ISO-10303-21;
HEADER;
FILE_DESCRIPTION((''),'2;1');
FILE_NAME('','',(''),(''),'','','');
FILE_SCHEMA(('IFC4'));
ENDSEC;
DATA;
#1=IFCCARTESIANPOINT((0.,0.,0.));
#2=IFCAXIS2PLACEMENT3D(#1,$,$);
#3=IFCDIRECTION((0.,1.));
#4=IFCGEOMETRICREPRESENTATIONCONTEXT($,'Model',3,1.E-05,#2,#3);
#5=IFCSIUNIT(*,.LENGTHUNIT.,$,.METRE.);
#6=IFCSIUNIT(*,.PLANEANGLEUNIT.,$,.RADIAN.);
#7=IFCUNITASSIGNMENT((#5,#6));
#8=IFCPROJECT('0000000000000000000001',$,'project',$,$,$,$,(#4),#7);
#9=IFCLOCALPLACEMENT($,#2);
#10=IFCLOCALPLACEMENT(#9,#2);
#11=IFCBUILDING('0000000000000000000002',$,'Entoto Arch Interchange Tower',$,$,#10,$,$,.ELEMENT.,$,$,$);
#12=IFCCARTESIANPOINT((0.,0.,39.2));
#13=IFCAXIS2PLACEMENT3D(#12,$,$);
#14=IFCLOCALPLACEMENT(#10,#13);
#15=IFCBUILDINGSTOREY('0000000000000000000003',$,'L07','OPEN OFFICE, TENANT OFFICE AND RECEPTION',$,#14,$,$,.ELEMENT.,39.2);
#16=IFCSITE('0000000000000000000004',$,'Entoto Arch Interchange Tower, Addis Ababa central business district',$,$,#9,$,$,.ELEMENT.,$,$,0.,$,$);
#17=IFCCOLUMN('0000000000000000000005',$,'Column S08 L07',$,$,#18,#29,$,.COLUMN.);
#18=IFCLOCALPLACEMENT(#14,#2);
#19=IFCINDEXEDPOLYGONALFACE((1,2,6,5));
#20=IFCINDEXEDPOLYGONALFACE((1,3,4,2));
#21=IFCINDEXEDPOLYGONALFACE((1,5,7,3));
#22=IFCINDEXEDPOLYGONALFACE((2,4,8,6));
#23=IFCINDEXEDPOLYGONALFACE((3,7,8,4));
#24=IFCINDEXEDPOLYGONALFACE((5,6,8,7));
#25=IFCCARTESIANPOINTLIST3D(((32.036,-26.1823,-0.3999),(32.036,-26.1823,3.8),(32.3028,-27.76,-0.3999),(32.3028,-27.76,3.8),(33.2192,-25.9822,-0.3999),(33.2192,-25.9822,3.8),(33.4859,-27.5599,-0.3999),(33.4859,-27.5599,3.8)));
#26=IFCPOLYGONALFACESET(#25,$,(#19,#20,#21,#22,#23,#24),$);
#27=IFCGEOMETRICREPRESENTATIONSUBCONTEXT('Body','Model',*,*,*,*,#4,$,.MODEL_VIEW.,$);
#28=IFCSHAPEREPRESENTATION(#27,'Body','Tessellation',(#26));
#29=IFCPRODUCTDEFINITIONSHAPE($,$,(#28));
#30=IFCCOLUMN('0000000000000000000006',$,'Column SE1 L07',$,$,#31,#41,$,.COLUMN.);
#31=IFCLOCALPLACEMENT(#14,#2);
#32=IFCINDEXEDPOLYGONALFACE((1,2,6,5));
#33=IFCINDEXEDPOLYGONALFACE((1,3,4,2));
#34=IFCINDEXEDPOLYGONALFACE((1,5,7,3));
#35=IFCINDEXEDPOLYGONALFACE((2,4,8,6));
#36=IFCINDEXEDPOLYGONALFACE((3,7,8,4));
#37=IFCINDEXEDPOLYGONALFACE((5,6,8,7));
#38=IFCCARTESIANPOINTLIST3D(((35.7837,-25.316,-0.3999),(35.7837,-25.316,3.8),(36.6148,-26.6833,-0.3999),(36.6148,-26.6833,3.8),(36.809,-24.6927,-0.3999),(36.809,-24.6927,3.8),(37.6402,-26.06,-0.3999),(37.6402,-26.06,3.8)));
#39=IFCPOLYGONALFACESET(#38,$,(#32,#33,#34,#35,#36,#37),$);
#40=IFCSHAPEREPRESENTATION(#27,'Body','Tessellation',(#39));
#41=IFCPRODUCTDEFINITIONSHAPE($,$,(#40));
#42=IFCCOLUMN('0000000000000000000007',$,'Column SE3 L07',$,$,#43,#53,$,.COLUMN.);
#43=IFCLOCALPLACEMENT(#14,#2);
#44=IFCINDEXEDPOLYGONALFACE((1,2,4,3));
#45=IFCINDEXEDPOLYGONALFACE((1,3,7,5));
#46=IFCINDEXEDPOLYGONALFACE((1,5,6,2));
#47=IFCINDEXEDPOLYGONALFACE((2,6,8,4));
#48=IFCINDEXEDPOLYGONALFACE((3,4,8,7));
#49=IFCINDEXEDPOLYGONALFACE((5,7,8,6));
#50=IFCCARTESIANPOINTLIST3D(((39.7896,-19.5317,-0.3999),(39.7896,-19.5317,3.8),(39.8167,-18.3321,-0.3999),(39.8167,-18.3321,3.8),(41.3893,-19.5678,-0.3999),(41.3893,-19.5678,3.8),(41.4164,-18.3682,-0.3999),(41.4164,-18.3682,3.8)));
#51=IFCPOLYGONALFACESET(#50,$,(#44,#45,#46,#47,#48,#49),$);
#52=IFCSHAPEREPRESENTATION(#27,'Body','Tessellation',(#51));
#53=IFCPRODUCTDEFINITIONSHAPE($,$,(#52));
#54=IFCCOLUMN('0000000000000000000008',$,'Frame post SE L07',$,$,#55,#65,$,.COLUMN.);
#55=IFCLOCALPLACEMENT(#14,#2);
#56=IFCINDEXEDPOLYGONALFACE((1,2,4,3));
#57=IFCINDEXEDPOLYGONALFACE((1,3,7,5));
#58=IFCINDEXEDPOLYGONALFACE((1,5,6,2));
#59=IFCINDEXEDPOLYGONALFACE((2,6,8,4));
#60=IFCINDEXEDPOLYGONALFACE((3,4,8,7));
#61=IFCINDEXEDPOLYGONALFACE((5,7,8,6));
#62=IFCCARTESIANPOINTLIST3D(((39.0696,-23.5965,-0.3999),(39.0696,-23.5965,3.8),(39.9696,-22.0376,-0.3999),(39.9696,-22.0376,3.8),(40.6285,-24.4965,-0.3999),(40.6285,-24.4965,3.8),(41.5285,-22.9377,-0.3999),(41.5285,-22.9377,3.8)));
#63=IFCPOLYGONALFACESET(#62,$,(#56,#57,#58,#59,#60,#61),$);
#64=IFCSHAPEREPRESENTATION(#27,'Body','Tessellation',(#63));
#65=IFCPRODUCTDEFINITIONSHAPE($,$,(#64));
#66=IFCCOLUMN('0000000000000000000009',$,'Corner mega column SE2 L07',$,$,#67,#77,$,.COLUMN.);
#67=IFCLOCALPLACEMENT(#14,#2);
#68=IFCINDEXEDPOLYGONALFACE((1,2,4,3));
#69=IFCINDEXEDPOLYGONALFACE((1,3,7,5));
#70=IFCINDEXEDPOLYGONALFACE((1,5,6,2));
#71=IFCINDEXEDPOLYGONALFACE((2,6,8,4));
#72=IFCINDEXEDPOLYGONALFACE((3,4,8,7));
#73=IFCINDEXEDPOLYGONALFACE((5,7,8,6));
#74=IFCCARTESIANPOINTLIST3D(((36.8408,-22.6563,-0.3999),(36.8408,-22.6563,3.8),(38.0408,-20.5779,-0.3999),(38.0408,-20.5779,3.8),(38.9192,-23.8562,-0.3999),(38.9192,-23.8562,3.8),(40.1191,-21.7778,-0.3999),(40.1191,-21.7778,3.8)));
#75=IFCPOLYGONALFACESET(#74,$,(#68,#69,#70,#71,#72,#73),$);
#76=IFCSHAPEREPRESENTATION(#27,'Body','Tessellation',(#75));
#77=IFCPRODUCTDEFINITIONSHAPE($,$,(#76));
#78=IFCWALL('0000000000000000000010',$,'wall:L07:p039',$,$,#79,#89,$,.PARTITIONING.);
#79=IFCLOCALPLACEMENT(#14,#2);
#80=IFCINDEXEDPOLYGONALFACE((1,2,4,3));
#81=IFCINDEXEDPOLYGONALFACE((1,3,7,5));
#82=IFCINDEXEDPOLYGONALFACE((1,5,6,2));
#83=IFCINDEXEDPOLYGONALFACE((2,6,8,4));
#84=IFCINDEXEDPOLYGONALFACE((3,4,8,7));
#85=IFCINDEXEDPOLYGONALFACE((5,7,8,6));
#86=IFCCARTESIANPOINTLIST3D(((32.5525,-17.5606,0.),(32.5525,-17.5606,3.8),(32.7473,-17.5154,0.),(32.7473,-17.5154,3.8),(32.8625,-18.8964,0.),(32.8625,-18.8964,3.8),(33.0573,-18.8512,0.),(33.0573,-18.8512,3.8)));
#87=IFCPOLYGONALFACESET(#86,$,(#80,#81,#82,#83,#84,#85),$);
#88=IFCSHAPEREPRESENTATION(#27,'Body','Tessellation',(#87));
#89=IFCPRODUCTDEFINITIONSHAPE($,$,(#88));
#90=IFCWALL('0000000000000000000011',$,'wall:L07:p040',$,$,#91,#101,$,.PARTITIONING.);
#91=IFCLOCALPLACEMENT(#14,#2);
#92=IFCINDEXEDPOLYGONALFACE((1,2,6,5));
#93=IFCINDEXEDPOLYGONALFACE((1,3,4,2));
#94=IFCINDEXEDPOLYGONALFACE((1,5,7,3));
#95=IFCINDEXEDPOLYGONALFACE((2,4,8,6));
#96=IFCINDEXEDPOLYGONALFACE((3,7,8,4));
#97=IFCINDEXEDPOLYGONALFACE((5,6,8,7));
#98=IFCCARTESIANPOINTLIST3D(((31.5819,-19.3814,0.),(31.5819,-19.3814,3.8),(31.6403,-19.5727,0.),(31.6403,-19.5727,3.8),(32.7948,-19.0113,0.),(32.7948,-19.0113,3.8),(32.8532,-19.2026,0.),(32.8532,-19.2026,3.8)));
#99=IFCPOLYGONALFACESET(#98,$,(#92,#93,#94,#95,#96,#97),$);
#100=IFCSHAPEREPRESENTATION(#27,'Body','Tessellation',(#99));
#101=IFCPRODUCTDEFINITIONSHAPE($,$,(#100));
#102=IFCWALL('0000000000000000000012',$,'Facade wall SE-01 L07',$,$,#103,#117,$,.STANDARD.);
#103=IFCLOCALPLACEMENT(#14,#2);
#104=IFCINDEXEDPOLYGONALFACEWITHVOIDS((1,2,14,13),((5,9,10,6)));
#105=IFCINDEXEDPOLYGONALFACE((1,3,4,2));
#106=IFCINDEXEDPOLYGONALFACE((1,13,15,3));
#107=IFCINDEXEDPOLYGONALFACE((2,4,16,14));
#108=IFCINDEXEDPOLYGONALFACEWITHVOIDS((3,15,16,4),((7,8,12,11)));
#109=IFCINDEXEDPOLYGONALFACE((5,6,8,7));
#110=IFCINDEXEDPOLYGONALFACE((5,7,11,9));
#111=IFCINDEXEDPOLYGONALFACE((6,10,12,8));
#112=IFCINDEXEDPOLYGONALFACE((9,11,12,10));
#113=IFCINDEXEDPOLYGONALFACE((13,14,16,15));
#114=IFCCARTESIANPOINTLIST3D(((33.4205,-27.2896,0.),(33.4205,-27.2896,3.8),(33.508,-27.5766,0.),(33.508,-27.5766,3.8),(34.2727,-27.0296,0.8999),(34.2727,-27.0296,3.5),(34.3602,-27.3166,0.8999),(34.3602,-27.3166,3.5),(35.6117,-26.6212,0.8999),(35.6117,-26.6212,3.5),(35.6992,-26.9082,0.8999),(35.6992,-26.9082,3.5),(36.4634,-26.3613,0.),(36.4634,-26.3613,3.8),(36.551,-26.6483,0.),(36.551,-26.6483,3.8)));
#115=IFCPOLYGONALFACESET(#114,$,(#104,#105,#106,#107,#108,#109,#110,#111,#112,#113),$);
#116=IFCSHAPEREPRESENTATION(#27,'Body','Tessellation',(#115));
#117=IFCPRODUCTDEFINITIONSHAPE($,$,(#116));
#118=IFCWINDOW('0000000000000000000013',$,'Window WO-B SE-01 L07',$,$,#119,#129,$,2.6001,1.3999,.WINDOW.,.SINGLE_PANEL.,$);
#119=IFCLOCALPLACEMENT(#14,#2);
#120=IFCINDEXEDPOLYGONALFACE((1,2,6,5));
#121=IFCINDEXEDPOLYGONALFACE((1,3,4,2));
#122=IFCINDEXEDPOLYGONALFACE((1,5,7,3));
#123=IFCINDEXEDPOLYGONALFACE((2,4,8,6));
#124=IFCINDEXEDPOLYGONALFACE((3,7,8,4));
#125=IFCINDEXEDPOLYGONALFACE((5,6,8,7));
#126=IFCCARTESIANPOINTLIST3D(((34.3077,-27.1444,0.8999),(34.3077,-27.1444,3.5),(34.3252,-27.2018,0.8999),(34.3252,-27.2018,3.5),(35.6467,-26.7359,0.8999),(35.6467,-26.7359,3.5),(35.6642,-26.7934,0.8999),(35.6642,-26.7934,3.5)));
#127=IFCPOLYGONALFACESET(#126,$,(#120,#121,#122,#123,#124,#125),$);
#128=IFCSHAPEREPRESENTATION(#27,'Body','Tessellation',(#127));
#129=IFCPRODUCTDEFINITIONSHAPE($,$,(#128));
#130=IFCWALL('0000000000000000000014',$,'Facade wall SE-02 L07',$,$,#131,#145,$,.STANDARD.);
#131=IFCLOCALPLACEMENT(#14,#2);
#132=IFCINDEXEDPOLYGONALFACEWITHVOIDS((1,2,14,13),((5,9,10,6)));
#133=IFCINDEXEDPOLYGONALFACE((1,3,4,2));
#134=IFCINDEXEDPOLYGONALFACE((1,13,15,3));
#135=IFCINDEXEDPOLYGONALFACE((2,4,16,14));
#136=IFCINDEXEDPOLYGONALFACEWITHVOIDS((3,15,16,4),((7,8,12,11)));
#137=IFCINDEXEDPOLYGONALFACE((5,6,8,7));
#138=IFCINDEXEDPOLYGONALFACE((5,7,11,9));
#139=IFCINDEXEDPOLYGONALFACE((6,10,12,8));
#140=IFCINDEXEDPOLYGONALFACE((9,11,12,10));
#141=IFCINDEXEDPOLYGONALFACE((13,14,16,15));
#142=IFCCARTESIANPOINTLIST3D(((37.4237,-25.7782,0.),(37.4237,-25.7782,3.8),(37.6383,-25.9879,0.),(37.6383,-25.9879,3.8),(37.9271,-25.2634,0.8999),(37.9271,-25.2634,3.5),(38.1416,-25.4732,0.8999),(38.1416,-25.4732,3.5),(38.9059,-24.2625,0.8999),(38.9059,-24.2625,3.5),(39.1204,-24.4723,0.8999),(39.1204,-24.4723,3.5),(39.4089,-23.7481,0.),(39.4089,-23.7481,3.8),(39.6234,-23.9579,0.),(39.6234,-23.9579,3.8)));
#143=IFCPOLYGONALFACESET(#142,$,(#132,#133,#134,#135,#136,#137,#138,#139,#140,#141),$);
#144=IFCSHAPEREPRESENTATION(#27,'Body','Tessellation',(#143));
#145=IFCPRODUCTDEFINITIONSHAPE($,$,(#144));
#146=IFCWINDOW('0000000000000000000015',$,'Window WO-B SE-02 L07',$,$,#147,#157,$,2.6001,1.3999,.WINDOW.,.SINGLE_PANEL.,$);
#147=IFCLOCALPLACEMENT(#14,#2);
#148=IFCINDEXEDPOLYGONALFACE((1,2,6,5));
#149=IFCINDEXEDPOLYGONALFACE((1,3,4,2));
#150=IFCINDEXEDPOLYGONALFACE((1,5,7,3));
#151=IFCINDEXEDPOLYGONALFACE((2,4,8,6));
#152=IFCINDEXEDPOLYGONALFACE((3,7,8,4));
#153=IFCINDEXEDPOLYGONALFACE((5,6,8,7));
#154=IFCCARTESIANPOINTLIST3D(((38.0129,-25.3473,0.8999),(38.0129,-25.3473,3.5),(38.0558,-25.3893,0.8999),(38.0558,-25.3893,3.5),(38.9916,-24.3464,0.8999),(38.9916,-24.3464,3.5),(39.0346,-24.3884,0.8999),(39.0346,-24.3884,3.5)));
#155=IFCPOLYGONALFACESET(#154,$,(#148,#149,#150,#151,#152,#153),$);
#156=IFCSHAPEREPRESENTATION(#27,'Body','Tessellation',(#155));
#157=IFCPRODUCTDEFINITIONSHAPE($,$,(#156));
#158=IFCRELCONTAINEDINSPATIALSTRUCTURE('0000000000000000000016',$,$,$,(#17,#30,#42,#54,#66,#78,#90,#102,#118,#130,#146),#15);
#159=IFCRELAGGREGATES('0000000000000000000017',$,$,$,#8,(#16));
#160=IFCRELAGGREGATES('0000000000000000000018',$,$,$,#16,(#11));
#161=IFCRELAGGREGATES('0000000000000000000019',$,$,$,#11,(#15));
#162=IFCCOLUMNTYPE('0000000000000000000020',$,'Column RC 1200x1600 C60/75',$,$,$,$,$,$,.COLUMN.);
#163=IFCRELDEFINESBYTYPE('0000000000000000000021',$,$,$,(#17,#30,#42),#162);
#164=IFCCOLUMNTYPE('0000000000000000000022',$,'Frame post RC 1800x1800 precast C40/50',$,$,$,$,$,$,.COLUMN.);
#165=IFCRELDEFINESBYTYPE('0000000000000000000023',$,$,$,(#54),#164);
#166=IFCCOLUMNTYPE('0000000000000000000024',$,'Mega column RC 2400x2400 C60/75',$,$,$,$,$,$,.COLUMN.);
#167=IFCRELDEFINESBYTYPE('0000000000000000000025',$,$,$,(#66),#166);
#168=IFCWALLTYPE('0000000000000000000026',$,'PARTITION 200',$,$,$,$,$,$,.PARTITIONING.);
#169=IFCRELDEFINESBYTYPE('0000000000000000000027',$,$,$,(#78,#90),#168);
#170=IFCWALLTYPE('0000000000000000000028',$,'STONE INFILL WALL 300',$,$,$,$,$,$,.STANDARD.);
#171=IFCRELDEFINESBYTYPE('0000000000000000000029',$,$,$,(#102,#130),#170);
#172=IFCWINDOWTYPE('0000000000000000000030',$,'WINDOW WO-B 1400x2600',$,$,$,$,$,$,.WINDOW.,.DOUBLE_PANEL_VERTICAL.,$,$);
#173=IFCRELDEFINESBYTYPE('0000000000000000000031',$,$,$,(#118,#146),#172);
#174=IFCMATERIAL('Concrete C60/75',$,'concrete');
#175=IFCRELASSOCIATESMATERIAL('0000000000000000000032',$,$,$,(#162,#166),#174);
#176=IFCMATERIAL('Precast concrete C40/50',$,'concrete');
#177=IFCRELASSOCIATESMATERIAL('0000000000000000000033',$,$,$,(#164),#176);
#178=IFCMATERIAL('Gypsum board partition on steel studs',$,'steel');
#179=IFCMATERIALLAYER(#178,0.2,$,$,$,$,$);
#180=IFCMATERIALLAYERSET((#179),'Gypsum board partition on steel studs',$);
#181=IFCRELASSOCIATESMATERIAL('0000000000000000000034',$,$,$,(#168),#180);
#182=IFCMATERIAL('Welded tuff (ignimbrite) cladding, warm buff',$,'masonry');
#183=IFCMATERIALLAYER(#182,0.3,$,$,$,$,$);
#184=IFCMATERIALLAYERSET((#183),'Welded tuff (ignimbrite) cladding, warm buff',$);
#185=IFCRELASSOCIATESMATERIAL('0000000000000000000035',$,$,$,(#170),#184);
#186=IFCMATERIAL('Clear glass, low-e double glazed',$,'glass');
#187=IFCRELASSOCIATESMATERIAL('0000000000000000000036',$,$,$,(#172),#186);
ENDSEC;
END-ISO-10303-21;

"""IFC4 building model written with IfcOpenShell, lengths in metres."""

from ifc_helpers import new_model, si_unit, direction, frame, frame_2d, origin, origin_2d, place, context, subcontext, project, spatial, rectangle, extrude, material, layer, layer_set, material_profile, profile_set, type_object, element, fill, save


model = new_model("IFC4")

# Units and contexts
model_context = context("Model", 3, precision=1e-05, world=origin(), true_north=direction((0.0, 1.0)))
body_context = subcontext(model_context, "Body", "Model", "MODEL_VIEW")
ifc_project = project(units=[si_unit("LENGTHUNIT", "METRE"), si_unit("PLANEANGLEUNIT", "RADIAN")], contexts=[model_context])

# Site, building, storey
site_placement = place(None, origin())
site = spatial("IfcSite", under=ifc_project, at=site_placement, Name="Entoto Arch Interchange Tower, Addis Ababa central business district", CompositionType="ELEMENT", RefElevation=0.0)
building_placement = place(site_placement, origin())
building = spatial("IfcBuilding", under=site, at=building_placement, Name="Entoto Arch Interchange Tower", CompositionType="ELEMENT")
storey_placement = place(building_placement, frame((0.0, 0.0, 39.2)))
storey = spatial("IfcBuildingStorey", under=building, at=storey_placement, Name="L07", Description="OPEN OFFICE, TENANT OFFICE AND RECEPTION", CompositionType="ELEMENT", Elevation=39.2)

# Columns
ifc_material_1 = material(Name="Concrete C60/75", Category="concrete")
ifc_material_profile_1 = material_profile(ifc_material_1, rectangle(XDim=1.2, YDim=1.6001, at=origin_2d()))
ifc_profile_set_1 = profile_set([ifc_material_profile_1], Name="Concrete C60/75")
column_type_1 = type_object("IfcColumnType", Name="Column RC 1200x1600 C60/75", PredefinedType="COLUMN", material=ifc_profile_set_1)
for number, where, z_axis, x_axis, name in (
    (1, (32.761, -26.8711, -0.3999), (0.0, 0.0, 1.0), (0.986005, 0.166717, 0.0), "Column S08 L07"),
    (2, (36.7119, -25.688, -0.3999), (0.0, 0.0, 1.0), (0.854522, 0.519415, 0.0), "Column SE1 L07"),
    (3, (40.603, -18.95, -0.3999), (0.0, 0.0, 1.0), (0.022565, 0.999745, 0.0), "Column SE3 L07"),
):
    element("IfcColumn", number, at=place(storey_placement, frame(where, z_axis=z_axis, x_axis=x_axis)), inside=storey, type_object=column_type_1, Name=name, PredefinedType="COLUMN", context=body_context, shape_type="SweptSolid", body=[
        extrude(rectangle(XDim=1.2, YDim=1.6001, at=origin_2d()), origin(), (0.0, 0.0, 1.0), 4.2),
    ])
ifc_material_2 = material(Name="Precast concrete C40/50", Category="concrete")
ifc_material_profile_2 = material_profile(ifc_material_2, rectangle(XDim=1.8, YDim=1.8, at=origin_2d()))
ifc_profile_set_2 = profile_set([ifc_material_profile_2], Name="Precast concrete C40/50")
column_type_2 = type_object("IfcColumnType", Name="Frame post RC 1800x1800 precast C40/50", PredefinedType="COLUMN", material=ifc_profile_set_2)
column_1_placement = place(storey_placement, frame((40.2991, -23.2671, -0.3999), z_axis=(0.0, 0.0, 1.0), x_axis=(-0.866025, 0.5, 0.0)))
element("IfcColumn", 4, at=column_1_placement, inside=storey, type_object=column_type_2, Name="Frame post SE L07", PredefinedType="COLUMN", context=body_context, shape_type="SweptSolid", body=[
    extrude(rectangle(XDim=1.8, YDim=1.8, at=origin_2d()), origin(), (0.0, 0.0, 1.0), 4.2),
])
ifc_material_profile_3 = material_profile(ifc_material_1, rectangle(XDim=2.3999, YDim=2.3999, at=origin_2d()))
ifc_profile_set_3 = profile_set([ifc_material_profile_3], Name="Concrete C60/75")
column_type_3 = type_object("IfcColumnType", Name="Mega column RC 2400x2400 C60/75", PredefinedType="COLUMN", material=ifc_profile_set_3)
column_2_placement = place(storey_placement, frame((38.48, -22.217, -0.3999), z_axis=(0.0, 0.0, 1.0), x_axis=(-0.866025, 0.5, 0.0)))
element("IfcColumn", 5, at=column_2_placement, inside=storey, type_object=column_type_3, Name="Corner mega column SE2 L07", PredefinedType="COLUMN", context=body_context, shape_type="SweptSolid", body=[
    extrude(rectangle(XDim=2.3999, YDim=2.3999, at=origin_2d()), origin(), (0.0, 0.0, 1.0), 4.2),
])

# Walls
ifc_material_3 = material(Name="Gypsum board partition on steel studs", Category="steel")
ifc_layer_1 = layer(ifc_material_3, 0.2)
ifc_layer_set_1 = layer_set([ifc_layer_1], Name="Gypsum board partition on steel studs")
wall_type_1 = type_object("IfcWallType", Name="PARTITION 200", PredefinedType="PARTITIONING", material=ifc_layer_set_1)
wall_1_placement = place(storey_placement, frame((32.6499, -17.5381, 0.0), z_axis=(0.0, 0.0, 1.0), x_axis=(0.226081, -0.974108, 0.0)))
element("IfcWall", 6, at=wall_1_placement, inside=storey, type_object=wall_type_1, Name="wall:L07:p039", PredefinedType="PARTITIONING", context=body_context, shape_type="SweptSolid", body=[
    extrude(rectangle(XDim=1.3713, YDim=0.2, at=frame_2d((0.6855, 0.0))), origin(), (0.0, 0.0, 1.0), 3.8),
])
wall_2_placement = place(storey_placement, frame((32.824, -19.1069, 0.0), z_axis=(0.0, 0.0, 1.0), x_axis=(-0.956459, -0.291866, 0.0)))
element("IfcWall", 7, at=wall_2_placement, inside=storey, type_object=wall_type_1, Name="wall:L07:p040", PredefinedType="PARTITIONING", context=body_context, shape_type="SweptSolid", body=[
    extrude(rectangle(XDim=1.2681, YDim=0.2, at=frame_2d((0.634, 0.0))), origin(), (0.0, 0.0, 1.0), 3.8),
])

# Walls, openings, windows
ifc_material_4 = material(Name="Welded tuff (ignimbrite) cladding, warm buff", Category="masonry")
ifc_layer_2 = layer(ifc_material_4, 0.3)
ifc_layer_set_2 = layer_set([ifc_layer_2], Name="Welded tuff (ignimbrite) cladding, warm buff")
wall_type_2 = type_object("IfcWallType", Name="STONE INFILL WALL 300", PredefinedType="STANDARD", material=ifc_layer_set_2)
wall_3_placement = place(storey_placement, frame((33.4641, -27.4331, 0.0), z_axis=(0.0, 0.0, 1.0), x_axis=(0.95649, 0.291766, 0.0)))
wall_3 = element("IfcWall", 8, at=wall_3_placement, inside=storey, type_object=wall_type_2, Name="Facade wall SE-01 L07", PredefinedType="STANDARD", context=body_context, shape_type="SweptSolid", body=[
    extrude(rectangle(XDim=3.1814, YDim=0.3, at=frame_2d((1.5908, 0.0))), origin(), (0.0, 0.0, 1.0), 3.8),
])
opening_1_placement = place(wall_3_placement, frame((0.8911, 0.0, 0.8999)))
opening_1 = element("IfcOpeningElement", 9, at=opening_1_placement, cuts=wall_3, PredefinedType="OPENING", context=body_context, shape_type="SweptSolid", body=[
    extrude(rectangle(XDim=1.3999, YDim=2.6001, at=frame_2d((0.7, 1.3))), frame((0.0, 0.1602, 0.0), z_axis=(0.0, -1.0, 0.0), x_axis=(1.0, 0.0, 0.0)), (0.0, 0.0, 1.0), 0.3201),
])
ifc_material_5 = material(Name="Clear glass, low-e double glazed", Category="glass")
window_type = type_object("IfcWindowType", Name="WINDOW WO-B 1400x2600", PartitioningType="DOUBLE_PANEL_VERTICAL", PredefinedType="WINDOW", material=ifc_material_5)
window_1_placement = place(opening_1_placement, origin())
window_1 = element("IfcWindow", 10, at=window_1_placement, inside=storey, type_object=window_type, Name="Window WO-B SE-01 L07", OverallHeight=2.6001, OverallWidth=1.3999, PartitioningType="SINGLE_PANEL", PredefinedType="WINDOW", context=body_context, shape_type="SweptSolid", body=[
    extrude(rectangle(XDim=1.3999, YDim=2.6001, at=frame_2d((0.7, 1.3))), frame((0.0, 0.03, 0.0), z_axis=(0.0, -1.0, 0.0), x_axis=(1.0, 0.0, 0.0)), (0.0, 0.0, 1.0), 0.0601),
])
fill(opening_1, window_1)
wall_4_placement = place(storey_placement, frame((37.531, -25.8831, 0.0), z_axis=(0.0, 0.0, 1.0), x_axis=(0.699152, 0.714973, 0.0)))
wall_4 = element("IfcWall", 11, at=wall_4_placement, inside=storey, type_object=wall_type_2, Name="Facade wall SE-02 L07", PredefinedType="STANDARD", context=body_context, shape_type="SweptSolid", body=[
    extrude(rectangle(XDim=2.8394, YDim=0.3, at=frame_2d((1.4197, 0.0))), origin(), (0.0, 0.0, 1.0), 3.8),
])
opening_2_placement = place(wall_4_placement, frame((0.72, 0.0, 0.8999)))
opening_2 = element("IfcOpeningElement", 12, at=opening_2_placement, cuts=wall_4, PredefinedType="OPENING", context=body_context, shape_type="SweptSolid", body=[
    extrude(rectangle(XDim=1.3999, YDim=2.6001, at=frame_2d((0.7, 1.3))), frame((0.0, 0.1602, 0.0), z_axis=(0.0, -1.0, 0.0), x_axis=(1.0, 0.0, 0.0)), (0.0, 0.0, 1.0), 0.3201),
])
window_2_placement = place(opening_2_placement, origin())
window_2 = element("IfcWindow", 13, at=window_2_placement, inside=storey, type_object=window_type, Name="Window WO-B SE-02 L07", OverallHeight=2.6001, OverallWidth=1.3999, PartitioningType="SINGLE_PANEL", PredefinedType="WINDOW", context=body_context, shape_type="SweptSolid", body=[
    extrude(rectangle(XDim=1.3999, YDim=2.6001, at=frame_2d((0.7, 1.3))), frame((0.0, 0.03, 0.0), z_axis=(0.0, -1.0, 0.0), x_axis=(1.0, 0.0, 0.0)), (0.0, 0.0, 1.0), 0.0601),
])
fill(opening_2, window_2)

save(model, "model.ifc")
